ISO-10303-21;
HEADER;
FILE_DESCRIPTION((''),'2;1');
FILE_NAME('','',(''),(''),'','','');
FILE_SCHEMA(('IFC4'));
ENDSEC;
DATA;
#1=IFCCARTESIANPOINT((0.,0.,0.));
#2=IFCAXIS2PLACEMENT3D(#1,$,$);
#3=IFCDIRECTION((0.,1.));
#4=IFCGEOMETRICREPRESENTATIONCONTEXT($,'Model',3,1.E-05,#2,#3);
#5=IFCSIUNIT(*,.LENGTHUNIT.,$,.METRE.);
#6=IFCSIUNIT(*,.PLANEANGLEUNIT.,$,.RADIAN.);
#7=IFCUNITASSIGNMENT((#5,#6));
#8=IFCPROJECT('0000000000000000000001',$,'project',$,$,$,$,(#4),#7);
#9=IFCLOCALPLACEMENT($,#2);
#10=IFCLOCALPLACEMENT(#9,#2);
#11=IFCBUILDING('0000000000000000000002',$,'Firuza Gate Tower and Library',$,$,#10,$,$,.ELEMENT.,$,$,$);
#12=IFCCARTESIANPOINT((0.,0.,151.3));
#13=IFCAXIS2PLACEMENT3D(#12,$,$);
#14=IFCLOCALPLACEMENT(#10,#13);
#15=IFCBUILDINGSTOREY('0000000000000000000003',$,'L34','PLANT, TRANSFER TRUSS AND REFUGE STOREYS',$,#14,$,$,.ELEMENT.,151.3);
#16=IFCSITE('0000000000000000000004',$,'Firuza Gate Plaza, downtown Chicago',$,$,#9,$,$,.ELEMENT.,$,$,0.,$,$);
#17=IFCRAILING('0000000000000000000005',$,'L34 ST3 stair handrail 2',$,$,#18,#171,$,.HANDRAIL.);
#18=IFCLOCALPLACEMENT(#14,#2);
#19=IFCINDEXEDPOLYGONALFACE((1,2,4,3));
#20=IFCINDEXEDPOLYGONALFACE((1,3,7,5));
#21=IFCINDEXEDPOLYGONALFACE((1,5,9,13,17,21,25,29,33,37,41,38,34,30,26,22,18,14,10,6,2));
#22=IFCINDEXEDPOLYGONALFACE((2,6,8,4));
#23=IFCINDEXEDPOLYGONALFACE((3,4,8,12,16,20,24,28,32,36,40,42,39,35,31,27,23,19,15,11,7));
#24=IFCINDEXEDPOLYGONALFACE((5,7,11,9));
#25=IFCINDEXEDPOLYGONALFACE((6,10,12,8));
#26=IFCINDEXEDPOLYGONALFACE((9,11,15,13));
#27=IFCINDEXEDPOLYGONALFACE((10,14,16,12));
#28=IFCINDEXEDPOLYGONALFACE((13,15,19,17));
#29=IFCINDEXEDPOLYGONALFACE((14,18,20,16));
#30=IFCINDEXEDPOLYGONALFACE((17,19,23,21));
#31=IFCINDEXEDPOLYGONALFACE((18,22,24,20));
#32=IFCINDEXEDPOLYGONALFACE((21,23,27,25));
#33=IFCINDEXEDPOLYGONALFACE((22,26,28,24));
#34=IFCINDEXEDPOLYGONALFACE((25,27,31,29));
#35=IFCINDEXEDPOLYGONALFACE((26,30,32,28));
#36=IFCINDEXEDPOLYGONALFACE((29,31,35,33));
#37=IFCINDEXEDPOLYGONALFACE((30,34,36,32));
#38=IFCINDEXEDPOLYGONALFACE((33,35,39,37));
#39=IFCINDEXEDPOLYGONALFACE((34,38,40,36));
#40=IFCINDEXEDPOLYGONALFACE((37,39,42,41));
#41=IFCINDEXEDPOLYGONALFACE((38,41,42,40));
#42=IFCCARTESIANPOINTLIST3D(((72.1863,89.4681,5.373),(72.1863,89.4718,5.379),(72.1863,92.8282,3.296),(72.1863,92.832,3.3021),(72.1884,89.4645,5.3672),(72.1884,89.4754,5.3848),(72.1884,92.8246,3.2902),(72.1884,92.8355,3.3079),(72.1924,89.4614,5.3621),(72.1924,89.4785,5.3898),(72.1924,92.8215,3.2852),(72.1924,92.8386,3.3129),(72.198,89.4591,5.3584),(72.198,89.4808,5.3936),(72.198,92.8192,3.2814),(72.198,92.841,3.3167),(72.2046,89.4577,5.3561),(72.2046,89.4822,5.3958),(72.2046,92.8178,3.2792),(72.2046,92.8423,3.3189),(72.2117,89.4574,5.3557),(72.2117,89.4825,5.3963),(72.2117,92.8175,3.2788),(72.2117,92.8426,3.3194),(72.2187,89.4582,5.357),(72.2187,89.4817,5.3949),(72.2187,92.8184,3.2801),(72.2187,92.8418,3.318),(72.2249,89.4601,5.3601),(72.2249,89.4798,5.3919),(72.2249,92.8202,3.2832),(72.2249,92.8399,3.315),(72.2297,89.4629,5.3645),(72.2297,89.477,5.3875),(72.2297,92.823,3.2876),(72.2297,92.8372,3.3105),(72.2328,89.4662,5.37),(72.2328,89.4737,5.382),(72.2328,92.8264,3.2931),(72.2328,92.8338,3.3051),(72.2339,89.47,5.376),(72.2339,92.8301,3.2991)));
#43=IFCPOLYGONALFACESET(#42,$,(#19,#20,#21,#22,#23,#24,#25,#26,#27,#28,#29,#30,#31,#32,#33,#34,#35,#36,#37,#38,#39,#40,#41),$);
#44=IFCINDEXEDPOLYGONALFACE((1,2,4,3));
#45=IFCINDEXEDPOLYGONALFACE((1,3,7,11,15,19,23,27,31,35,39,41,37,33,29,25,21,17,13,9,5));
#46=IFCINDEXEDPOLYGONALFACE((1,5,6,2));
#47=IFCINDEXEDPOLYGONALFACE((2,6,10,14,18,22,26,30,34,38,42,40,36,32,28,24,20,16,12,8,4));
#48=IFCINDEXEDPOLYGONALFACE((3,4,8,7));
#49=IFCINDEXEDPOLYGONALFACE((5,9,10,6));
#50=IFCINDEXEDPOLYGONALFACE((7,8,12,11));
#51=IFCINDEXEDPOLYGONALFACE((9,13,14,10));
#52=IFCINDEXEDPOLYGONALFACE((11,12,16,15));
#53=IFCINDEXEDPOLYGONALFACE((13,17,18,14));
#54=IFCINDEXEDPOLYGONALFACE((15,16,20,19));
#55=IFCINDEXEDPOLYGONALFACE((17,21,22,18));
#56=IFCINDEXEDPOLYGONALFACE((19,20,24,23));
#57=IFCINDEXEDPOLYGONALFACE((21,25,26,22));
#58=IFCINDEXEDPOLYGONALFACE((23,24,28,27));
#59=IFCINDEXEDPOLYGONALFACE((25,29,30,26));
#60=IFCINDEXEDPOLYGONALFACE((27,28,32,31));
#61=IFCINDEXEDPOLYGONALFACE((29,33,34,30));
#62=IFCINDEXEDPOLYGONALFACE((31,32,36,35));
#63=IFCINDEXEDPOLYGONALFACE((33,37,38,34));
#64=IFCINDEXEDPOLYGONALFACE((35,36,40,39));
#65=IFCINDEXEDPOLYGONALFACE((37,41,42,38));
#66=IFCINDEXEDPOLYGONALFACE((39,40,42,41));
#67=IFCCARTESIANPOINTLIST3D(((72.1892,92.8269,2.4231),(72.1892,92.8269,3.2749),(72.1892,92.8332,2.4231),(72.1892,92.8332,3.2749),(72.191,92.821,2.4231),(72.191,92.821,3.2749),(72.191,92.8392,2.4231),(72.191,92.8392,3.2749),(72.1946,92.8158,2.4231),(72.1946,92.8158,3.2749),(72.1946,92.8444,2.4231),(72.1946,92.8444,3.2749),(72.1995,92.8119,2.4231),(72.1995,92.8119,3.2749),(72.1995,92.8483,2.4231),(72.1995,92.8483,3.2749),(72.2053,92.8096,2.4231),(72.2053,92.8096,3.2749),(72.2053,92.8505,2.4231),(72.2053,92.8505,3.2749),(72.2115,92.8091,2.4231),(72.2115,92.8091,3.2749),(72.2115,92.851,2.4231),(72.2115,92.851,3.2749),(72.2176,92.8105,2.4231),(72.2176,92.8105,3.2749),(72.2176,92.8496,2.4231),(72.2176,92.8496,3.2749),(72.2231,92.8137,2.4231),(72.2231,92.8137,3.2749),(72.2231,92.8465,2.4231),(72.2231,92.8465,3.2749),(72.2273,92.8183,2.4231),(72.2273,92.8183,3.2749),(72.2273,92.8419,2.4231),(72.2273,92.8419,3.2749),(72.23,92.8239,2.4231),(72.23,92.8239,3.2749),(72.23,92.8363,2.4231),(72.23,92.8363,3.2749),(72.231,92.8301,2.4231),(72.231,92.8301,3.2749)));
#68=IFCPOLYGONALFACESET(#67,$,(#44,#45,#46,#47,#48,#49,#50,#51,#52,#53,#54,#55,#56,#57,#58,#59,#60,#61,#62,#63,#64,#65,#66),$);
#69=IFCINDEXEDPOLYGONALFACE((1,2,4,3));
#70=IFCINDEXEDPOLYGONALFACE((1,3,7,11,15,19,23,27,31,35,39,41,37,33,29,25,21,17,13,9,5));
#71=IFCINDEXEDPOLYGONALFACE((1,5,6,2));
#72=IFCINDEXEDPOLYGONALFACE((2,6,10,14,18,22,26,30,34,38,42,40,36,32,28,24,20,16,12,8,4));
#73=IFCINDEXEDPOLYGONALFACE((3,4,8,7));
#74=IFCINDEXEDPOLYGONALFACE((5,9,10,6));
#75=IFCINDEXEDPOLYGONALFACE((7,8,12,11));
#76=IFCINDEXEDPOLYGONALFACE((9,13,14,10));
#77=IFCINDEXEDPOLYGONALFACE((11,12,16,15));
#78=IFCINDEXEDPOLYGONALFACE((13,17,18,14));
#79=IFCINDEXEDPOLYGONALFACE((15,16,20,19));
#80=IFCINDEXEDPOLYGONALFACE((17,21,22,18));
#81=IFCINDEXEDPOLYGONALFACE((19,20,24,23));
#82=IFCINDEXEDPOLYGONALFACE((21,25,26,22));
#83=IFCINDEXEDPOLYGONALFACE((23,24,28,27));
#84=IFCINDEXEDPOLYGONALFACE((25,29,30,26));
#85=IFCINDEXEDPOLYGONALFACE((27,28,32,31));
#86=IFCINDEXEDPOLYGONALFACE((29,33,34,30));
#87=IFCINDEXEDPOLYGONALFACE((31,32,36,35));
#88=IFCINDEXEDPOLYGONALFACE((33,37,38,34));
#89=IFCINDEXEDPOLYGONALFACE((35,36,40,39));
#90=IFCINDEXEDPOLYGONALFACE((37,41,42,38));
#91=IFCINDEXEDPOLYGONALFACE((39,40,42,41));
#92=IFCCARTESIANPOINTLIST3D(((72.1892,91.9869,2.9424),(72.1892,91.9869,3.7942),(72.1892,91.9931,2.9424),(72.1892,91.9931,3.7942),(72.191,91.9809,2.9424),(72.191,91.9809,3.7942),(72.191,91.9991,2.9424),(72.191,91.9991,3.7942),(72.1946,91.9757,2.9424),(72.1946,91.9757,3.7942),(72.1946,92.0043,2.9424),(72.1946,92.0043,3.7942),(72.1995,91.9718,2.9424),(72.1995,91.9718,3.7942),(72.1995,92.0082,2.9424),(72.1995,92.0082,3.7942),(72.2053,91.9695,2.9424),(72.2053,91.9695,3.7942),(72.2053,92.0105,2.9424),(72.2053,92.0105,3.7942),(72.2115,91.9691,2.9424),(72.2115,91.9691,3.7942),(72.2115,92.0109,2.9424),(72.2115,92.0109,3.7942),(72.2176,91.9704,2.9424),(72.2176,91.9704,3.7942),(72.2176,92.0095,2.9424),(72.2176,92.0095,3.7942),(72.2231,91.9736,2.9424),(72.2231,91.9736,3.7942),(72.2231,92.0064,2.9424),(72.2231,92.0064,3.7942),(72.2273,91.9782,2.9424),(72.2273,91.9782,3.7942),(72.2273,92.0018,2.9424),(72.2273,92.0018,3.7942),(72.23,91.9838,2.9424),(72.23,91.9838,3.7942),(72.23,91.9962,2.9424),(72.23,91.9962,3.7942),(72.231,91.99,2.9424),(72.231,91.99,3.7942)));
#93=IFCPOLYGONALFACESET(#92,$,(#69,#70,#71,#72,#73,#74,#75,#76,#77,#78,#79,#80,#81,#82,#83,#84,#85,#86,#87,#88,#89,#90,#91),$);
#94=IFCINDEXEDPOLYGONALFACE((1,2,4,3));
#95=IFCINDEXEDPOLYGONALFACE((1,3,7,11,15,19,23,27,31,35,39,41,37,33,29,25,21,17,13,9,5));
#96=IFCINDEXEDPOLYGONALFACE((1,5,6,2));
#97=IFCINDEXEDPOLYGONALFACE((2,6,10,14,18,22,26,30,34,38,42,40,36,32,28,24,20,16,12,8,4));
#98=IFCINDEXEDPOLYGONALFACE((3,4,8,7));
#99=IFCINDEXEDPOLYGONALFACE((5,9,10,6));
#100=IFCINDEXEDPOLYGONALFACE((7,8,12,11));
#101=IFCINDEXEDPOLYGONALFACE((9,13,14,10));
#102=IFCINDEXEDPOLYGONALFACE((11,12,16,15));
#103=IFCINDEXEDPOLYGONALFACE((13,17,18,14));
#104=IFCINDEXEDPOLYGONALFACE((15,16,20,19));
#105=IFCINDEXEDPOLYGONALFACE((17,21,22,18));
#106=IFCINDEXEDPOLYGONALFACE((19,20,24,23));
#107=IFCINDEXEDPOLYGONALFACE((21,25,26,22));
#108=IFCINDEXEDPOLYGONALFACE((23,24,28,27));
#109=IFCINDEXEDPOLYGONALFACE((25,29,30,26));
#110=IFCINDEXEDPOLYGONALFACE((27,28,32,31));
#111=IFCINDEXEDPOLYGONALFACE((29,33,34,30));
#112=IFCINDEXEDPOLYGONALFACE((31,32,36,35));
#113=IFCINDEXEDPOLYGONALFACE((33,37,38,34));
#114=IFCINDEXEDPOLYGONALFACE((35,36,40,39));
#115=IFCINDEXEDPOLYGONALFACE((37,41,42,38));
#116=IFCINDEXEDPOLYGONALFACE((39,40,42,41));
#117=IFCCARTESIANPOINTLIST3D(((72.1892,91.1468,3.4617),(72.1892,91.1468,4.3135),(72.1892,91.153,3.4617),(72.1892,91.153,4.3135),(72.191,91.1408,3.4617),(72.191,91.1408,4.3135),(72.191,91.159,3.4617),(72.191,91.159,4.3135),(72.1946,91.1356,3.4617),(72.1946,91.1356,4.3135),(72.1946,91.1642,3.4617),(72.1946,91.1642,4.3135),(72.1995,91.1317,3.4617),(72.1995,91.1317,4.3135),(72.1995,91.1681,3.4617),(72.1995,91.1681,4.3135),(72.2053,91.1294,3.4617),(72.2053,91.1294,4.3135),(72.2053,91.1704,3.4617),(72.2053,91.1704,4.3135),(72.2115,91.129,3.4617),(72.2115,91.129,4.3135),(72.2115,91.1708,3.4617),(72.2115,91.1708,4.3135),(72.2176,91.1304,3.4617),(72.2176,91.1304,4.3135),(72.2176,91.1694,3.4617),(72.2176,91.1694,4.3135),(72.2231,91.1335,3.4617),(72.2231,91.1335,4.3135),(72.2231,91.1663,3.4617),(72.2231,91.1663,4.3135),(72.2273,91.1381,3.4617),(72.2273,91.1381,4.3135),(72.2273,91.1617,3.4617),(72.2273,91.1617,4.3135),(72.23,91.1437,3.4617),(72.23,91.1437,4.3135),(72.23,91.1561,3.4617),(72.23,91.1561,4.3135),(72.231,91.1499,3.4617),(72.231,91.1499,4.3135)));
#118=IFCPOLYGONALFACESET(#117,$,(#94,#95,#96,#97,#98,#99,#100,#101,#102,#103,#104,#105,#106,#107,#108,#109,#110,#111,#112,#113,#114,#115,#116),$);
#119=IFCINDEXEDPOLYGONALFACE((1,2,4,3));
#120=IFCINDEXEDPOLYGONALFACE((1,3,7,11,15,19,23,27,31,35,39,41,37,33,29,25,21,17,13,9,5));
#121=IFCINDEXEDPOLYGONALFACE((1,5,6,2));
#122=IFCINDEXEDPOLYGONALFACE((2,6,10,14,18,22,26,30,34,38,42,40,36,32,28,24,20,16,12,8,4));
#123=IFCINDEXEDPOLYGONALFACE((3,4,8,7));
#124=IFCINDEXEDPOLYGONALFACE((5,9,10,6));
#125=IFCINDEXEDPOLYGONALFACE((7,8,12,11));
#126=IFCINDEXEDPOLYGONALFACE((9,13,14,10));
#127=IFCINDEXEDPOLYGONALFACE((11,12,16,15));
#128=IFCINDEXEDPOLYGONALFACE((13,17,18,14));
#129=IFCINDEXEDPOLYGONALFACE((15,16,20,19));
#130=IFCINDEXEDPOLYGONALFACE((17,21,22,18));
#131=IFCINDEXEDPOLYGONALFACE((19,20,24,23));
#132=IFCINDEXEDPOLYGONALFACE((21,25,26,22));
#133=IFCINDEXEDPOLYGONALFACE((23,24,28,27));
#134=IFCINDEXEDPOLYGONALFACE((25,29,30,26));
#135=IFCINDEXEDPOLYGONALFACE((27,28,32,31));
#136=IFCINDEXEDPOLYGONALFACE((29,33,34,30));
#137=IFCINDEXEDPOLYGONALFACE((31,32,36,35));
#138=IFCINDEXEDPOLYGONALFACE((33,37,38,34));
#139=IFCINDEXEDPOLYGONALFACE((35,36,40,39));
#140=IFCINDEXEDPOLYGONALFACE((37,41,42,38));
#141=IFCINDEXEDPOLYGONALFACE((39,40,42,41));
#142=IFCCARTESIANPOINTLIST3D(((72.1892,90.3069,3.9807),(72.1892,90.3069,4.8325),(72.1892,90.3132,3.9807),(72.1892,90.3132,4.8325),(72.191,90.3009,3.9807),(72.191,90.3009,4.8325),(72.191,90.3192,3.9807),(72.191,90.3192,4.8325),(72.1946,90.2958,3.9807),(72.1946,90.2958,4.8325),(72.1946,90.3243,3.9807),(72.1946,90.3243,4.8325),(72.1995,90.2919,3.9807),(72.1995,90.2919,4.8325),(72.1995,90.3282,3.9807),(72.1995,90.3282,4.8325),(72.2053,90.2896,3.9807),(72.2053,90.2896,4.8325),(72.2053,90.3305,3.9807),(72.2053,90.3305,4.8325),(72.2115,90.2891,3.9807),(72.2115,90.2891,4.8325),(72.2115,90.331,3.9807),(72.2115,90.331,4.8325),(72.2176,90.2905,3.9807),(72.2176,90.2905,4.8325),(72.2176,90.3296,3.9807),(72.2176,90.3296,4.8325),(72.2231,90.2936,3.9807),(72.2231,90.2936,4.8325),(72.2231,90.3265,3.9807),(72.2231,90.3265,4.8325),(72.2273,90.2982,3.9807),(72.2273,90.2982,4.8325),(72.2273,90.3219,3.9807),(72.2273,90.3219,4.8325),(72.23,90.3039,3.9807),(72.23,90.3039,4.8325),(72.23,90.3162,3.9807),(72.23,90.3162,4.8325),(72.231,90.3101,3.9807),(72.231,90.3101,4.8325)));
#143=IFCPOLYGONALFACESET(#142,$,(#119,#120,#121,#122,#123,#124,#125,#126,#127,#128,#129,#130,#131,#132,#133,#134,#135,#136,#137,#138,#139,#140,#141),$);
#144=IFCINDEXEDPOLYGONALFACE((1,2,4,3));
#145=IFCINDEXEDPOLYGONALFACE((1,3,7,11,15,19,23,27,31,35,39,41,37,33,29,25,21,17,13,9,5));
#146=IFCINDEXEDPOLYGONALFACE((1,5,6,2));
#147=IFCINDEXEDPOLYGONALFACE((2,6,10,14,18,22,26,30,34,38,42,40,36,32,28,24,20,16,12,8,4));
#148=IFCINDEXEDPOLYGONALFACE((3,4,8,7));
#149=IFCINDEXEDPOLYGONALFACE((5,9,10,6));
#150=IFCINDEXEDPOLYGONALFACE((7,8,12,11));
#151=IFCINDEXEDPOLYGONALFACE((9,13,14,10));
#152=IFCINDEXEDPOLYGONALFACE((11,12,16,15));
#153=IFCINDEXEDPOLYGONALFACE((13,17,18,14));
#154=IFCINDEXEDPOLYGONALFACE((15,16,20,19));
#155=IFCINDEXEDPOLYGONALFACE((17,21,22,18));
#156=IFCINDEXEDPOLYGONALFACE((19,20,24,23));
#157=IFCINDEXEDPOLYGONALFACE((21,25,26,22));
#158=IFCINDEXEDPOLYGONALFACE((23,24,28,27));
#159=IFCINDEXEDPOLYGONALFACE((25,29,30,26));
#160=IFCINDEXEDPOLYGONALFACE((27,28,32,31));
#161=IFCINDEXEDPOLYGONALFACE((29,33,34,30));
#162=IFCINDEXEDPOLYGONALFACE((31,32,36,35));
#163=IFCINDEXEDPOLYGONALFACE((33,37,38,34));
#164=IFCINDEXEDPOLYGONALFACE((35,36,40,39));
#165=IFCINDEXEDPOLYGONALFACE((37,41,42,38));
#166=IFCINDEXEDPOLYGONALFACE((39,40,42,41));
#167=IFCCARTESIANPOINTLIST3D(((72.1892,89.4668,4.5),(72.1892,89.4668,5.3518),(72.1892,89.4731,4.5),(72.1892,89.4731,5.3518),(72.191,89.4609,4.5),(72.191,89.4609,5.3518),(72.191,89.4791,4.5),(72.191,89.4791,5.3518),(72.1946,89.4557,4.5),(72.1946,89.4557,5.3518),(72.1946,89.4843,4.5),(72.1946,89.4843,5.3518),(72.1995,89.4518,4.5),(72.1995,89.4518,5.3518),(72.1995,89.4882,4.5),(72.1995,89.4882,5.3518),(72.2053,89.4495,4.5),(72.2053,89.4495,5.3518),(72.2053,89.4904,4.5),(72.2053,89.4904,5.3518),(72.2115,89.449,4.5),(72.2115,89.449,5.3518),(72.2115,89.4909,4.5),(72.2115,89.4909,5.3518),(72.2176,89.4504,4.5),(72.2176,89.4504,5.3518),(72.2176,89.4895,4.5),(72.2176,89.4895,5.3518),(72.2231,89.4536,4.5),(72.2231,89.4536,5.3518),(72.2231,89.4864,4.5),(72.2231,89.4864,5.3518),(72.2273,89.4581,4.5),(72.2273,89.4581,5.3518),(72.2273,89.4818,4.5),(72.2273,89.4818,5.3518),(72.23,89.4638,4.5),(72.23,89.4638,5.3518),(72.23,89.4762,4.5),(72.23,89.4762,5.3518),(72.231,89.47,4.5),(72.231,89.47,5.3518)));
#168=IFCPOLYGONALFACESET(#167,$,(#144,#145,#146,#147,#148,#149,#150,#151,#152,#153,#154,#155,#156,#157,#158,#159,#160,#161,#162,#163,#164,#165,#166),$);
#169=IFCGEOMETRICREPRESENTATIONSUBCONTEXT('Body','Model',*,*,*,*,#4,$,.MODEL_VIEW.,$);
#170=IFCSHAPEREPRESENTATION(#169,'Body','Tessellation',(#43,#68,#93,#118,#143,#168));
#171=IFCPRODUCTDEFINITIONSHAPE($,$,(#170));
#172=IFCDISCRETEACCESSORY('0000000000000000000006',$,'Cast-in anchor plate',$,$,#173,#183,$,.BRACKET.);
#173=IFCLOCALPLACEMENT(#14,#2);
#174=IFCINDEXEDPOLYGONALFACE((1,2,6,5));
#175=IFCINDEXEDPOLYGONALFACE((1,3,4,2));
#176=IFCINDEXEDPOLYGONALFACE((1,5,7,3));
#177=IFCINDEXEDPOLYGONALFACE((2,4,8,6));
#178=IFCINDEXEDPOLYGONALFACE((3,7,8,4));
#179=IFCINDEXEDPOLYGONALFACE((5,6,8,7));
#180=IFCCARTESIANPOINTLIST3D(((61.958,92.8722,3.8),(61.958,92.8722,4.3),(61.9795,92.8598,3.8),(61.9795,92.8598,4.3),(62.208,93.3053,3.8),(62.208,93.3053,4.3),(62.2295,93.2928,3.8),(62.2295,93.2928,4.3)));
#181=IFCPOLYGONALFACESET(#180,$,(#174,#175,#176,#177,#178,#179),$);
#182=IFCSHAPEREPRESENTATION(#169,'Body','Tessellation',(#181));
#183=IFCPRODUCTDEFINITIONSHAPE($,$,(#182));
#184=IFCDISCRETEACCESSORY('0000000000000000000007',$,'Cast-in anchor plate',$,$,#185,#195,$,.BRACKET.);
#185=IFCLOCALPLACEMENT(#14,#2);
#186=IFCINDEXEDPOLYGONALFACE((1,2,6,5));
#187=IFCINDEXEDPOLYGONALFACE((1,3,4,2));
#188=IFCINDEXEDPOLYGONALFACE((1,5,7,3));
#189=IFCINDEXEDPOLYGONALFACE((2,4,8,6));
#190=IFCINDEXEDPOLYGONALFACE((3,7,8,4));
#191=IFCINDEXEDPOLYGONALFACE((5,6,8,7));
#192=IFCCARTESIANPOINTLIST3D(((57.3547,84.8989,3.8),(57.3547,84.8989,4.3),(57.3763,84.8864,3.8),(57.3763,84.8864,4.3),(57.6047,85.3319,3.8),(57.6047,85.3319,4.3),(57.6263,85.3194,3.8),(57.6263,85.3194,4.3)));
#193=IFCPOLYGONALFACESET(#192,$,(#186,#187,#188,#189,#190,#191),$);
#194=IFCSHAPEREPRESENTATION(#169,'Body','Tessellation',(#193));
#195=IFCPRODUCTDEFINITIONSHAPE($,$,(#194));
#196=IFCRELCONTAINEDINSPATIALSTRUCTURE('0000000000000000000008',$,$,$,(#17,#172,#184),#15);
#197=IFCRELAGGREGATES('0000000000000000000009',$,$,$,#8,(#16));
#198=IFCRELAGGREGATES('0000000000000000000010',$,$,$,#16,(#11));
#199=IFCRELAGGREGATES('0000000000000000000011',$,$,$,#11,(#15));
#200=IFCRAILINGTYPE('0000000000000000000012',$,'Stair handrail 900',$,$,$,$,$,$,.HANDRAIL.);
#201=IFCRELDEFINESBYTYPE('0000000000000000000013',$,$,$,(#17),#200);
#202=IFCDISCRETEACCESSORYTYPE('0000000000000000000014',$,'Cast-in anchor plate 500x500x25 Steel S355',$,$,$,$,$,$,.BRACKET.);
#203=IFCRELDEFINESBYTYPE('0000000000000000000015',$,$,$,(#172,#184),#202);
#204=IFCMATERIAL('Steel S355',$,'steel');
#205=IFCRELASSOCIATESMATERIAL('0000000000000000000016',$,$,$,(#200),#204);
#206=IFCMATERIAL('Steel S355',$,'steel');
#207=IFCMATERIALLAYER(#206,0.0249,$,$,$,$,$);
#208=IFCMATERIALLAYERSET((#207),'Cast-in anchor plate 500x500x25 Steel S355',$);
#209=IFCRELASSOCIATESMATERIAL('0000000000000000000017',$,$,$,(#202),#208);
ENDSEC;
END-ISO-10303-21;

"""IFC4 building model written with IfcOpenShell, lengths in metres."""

from ifc_helpers import new_model, si_unit, direction, frame, origin, origin_2d, place, context, subcontext, project, spatial, rectangle, circle, extrude, material, layer, layer_set, type_object, element, save


model = new_model("IFC4")

# Units and contexts
model_context = context("Model", 3, precision=1e-05, world=origin(), true_north=direction((0.0, 1.0)))
body_context = subcontext(model_context, "Body", "Model", "MODEL_VIEW")
ifc_project = project(units=[si_unit("LENGTHUNIT", "METRE"), si_unit("PLANEANGLEUNIT", "RADIAN")], contexts=[model_context])

# Site, building, storey
site_placement = place(None, origin())
site = spatial("IfcSite", under=ifc_project, at=site_placement, Name="Firuza Gate Plaza, downtown Chicago", CompositionType="ELEMENT", RefElevation=0.0)
building_placement = place(site_placement, origin())
building = spatial("IfcBuilding", under=site, at=building_placement, Name="Firuza Gate Tower and Library", CompositionType="ELEMENT")
storey_placement = place(building_placement, frame((0.0, 0.0, 151.3)))
storey = spatial("IfcBuildingStorey", under=building, at=storey_placement, Name="L34", Description="PLANT, TRANSFER TRUSS AND REFUGE STOREYS", CompositionType="ELEMENT", Elevation=151.3)

# Railing
ifc_material_1 = material(Name="Steel S355", Category="steel")
railing_type_1 = type_object("IfcRailingType", Name="Stair handrail 900", PredefinedType="HANDRAIL", material=ifc_material_1)
railing_1_placement = place(storey_placement, frame((72.21, 92.8301, 2.4231)))
element("IfcRailing", 1, at=railing_1_placement, inside=storey, type_object=railing_type_1, Name="L34 ST3 stair handrail 2", PredefinedType="HANDRAIL", context=body_context, shape_type="SweptSolid", body=[
    extrude(circle(Radius=0.0239, at=origin_2d()), frame((0.0, 0.0, 0.876), z_axis=(0.0, -0.850623, 0.525776), x_axis=(1.0, 0.0, 0.0)), (0.0, 0.0, 1.0), 3.9502),
    extrude(circle(Radius=0.021, at=origin_2d()), origin(), (0.0, 0.0, 1.0), 0.8518),
    extrude(circle(Radius=0.021, at=origin_2d()), frame((0.0, -0.8401, 0.5193)), (0.0, 0.0, 1.0), 0.8518),
    extrude(circle(Radius=0.021, at=origin_2d()), frame((0.0, -1.6802, 1.0386)), (0.0, 0.0, 1.0), 0.8518),
    extrude(circle(Radius=0.021, at=origin_2d()), frame((0.0, -2.52, 1.5576)), (0.0, 0.0, 1.0), 0.8518),
    extrude(circle(Radius=0.021, at=origin_2d()), frame((0.0, -3.3601, 2.0769)), (0.0, 0.0, 1.0), 0.8518),
])

# Discrete accessories
ifc_material_2 = material(Name="Steel S355", Category="steel")
ifc_layer_1 = layer(ifc_material_2, 0.0249)
ifc_layer_set_1 = layer_set([ifc_layer_1], Name="Cast-in anchor plate 500x500x25 Steel S355")
discrete_accessory_type = type_object("IfcDiscreteAccessoryType", Name="Cast-in anchor plate 500x500x25 Steel S355", PredefinedType="BRACKET", material=ifc_layer_set_1)
for number, where, z_axis, x_axis, name in (
    (2, (62.0938, 93.0825, 3.8), (0.0, 0.0, 1.0), (-0.5, -0.866025, 0.0), "Cast-in anchor plate"),
    (3, (57.4905, 85.1091, 3.8), (0.0, 0.0, 1.0), (-0.5, -0.866025, 0.0), "Cast-in anchor plate"),
):
    element("IfcDiscreteAccessory", number, at=place(storey_placement, frame(where, z_axis=z_axis, x_axis=x_axis)), inside=storey, type_object=discrete_accessory_type, Name=name, PredefinedType="BRACKET", context=body_context, shape_type="SweptSolid", body=[
        extrude(rectangle(XDim=0.5, YDim=0.0249, at=origin_2d()), origin(), (0.0, 0.0, 1.0), 0.5),
    ])

save(model, "model.ifc")
